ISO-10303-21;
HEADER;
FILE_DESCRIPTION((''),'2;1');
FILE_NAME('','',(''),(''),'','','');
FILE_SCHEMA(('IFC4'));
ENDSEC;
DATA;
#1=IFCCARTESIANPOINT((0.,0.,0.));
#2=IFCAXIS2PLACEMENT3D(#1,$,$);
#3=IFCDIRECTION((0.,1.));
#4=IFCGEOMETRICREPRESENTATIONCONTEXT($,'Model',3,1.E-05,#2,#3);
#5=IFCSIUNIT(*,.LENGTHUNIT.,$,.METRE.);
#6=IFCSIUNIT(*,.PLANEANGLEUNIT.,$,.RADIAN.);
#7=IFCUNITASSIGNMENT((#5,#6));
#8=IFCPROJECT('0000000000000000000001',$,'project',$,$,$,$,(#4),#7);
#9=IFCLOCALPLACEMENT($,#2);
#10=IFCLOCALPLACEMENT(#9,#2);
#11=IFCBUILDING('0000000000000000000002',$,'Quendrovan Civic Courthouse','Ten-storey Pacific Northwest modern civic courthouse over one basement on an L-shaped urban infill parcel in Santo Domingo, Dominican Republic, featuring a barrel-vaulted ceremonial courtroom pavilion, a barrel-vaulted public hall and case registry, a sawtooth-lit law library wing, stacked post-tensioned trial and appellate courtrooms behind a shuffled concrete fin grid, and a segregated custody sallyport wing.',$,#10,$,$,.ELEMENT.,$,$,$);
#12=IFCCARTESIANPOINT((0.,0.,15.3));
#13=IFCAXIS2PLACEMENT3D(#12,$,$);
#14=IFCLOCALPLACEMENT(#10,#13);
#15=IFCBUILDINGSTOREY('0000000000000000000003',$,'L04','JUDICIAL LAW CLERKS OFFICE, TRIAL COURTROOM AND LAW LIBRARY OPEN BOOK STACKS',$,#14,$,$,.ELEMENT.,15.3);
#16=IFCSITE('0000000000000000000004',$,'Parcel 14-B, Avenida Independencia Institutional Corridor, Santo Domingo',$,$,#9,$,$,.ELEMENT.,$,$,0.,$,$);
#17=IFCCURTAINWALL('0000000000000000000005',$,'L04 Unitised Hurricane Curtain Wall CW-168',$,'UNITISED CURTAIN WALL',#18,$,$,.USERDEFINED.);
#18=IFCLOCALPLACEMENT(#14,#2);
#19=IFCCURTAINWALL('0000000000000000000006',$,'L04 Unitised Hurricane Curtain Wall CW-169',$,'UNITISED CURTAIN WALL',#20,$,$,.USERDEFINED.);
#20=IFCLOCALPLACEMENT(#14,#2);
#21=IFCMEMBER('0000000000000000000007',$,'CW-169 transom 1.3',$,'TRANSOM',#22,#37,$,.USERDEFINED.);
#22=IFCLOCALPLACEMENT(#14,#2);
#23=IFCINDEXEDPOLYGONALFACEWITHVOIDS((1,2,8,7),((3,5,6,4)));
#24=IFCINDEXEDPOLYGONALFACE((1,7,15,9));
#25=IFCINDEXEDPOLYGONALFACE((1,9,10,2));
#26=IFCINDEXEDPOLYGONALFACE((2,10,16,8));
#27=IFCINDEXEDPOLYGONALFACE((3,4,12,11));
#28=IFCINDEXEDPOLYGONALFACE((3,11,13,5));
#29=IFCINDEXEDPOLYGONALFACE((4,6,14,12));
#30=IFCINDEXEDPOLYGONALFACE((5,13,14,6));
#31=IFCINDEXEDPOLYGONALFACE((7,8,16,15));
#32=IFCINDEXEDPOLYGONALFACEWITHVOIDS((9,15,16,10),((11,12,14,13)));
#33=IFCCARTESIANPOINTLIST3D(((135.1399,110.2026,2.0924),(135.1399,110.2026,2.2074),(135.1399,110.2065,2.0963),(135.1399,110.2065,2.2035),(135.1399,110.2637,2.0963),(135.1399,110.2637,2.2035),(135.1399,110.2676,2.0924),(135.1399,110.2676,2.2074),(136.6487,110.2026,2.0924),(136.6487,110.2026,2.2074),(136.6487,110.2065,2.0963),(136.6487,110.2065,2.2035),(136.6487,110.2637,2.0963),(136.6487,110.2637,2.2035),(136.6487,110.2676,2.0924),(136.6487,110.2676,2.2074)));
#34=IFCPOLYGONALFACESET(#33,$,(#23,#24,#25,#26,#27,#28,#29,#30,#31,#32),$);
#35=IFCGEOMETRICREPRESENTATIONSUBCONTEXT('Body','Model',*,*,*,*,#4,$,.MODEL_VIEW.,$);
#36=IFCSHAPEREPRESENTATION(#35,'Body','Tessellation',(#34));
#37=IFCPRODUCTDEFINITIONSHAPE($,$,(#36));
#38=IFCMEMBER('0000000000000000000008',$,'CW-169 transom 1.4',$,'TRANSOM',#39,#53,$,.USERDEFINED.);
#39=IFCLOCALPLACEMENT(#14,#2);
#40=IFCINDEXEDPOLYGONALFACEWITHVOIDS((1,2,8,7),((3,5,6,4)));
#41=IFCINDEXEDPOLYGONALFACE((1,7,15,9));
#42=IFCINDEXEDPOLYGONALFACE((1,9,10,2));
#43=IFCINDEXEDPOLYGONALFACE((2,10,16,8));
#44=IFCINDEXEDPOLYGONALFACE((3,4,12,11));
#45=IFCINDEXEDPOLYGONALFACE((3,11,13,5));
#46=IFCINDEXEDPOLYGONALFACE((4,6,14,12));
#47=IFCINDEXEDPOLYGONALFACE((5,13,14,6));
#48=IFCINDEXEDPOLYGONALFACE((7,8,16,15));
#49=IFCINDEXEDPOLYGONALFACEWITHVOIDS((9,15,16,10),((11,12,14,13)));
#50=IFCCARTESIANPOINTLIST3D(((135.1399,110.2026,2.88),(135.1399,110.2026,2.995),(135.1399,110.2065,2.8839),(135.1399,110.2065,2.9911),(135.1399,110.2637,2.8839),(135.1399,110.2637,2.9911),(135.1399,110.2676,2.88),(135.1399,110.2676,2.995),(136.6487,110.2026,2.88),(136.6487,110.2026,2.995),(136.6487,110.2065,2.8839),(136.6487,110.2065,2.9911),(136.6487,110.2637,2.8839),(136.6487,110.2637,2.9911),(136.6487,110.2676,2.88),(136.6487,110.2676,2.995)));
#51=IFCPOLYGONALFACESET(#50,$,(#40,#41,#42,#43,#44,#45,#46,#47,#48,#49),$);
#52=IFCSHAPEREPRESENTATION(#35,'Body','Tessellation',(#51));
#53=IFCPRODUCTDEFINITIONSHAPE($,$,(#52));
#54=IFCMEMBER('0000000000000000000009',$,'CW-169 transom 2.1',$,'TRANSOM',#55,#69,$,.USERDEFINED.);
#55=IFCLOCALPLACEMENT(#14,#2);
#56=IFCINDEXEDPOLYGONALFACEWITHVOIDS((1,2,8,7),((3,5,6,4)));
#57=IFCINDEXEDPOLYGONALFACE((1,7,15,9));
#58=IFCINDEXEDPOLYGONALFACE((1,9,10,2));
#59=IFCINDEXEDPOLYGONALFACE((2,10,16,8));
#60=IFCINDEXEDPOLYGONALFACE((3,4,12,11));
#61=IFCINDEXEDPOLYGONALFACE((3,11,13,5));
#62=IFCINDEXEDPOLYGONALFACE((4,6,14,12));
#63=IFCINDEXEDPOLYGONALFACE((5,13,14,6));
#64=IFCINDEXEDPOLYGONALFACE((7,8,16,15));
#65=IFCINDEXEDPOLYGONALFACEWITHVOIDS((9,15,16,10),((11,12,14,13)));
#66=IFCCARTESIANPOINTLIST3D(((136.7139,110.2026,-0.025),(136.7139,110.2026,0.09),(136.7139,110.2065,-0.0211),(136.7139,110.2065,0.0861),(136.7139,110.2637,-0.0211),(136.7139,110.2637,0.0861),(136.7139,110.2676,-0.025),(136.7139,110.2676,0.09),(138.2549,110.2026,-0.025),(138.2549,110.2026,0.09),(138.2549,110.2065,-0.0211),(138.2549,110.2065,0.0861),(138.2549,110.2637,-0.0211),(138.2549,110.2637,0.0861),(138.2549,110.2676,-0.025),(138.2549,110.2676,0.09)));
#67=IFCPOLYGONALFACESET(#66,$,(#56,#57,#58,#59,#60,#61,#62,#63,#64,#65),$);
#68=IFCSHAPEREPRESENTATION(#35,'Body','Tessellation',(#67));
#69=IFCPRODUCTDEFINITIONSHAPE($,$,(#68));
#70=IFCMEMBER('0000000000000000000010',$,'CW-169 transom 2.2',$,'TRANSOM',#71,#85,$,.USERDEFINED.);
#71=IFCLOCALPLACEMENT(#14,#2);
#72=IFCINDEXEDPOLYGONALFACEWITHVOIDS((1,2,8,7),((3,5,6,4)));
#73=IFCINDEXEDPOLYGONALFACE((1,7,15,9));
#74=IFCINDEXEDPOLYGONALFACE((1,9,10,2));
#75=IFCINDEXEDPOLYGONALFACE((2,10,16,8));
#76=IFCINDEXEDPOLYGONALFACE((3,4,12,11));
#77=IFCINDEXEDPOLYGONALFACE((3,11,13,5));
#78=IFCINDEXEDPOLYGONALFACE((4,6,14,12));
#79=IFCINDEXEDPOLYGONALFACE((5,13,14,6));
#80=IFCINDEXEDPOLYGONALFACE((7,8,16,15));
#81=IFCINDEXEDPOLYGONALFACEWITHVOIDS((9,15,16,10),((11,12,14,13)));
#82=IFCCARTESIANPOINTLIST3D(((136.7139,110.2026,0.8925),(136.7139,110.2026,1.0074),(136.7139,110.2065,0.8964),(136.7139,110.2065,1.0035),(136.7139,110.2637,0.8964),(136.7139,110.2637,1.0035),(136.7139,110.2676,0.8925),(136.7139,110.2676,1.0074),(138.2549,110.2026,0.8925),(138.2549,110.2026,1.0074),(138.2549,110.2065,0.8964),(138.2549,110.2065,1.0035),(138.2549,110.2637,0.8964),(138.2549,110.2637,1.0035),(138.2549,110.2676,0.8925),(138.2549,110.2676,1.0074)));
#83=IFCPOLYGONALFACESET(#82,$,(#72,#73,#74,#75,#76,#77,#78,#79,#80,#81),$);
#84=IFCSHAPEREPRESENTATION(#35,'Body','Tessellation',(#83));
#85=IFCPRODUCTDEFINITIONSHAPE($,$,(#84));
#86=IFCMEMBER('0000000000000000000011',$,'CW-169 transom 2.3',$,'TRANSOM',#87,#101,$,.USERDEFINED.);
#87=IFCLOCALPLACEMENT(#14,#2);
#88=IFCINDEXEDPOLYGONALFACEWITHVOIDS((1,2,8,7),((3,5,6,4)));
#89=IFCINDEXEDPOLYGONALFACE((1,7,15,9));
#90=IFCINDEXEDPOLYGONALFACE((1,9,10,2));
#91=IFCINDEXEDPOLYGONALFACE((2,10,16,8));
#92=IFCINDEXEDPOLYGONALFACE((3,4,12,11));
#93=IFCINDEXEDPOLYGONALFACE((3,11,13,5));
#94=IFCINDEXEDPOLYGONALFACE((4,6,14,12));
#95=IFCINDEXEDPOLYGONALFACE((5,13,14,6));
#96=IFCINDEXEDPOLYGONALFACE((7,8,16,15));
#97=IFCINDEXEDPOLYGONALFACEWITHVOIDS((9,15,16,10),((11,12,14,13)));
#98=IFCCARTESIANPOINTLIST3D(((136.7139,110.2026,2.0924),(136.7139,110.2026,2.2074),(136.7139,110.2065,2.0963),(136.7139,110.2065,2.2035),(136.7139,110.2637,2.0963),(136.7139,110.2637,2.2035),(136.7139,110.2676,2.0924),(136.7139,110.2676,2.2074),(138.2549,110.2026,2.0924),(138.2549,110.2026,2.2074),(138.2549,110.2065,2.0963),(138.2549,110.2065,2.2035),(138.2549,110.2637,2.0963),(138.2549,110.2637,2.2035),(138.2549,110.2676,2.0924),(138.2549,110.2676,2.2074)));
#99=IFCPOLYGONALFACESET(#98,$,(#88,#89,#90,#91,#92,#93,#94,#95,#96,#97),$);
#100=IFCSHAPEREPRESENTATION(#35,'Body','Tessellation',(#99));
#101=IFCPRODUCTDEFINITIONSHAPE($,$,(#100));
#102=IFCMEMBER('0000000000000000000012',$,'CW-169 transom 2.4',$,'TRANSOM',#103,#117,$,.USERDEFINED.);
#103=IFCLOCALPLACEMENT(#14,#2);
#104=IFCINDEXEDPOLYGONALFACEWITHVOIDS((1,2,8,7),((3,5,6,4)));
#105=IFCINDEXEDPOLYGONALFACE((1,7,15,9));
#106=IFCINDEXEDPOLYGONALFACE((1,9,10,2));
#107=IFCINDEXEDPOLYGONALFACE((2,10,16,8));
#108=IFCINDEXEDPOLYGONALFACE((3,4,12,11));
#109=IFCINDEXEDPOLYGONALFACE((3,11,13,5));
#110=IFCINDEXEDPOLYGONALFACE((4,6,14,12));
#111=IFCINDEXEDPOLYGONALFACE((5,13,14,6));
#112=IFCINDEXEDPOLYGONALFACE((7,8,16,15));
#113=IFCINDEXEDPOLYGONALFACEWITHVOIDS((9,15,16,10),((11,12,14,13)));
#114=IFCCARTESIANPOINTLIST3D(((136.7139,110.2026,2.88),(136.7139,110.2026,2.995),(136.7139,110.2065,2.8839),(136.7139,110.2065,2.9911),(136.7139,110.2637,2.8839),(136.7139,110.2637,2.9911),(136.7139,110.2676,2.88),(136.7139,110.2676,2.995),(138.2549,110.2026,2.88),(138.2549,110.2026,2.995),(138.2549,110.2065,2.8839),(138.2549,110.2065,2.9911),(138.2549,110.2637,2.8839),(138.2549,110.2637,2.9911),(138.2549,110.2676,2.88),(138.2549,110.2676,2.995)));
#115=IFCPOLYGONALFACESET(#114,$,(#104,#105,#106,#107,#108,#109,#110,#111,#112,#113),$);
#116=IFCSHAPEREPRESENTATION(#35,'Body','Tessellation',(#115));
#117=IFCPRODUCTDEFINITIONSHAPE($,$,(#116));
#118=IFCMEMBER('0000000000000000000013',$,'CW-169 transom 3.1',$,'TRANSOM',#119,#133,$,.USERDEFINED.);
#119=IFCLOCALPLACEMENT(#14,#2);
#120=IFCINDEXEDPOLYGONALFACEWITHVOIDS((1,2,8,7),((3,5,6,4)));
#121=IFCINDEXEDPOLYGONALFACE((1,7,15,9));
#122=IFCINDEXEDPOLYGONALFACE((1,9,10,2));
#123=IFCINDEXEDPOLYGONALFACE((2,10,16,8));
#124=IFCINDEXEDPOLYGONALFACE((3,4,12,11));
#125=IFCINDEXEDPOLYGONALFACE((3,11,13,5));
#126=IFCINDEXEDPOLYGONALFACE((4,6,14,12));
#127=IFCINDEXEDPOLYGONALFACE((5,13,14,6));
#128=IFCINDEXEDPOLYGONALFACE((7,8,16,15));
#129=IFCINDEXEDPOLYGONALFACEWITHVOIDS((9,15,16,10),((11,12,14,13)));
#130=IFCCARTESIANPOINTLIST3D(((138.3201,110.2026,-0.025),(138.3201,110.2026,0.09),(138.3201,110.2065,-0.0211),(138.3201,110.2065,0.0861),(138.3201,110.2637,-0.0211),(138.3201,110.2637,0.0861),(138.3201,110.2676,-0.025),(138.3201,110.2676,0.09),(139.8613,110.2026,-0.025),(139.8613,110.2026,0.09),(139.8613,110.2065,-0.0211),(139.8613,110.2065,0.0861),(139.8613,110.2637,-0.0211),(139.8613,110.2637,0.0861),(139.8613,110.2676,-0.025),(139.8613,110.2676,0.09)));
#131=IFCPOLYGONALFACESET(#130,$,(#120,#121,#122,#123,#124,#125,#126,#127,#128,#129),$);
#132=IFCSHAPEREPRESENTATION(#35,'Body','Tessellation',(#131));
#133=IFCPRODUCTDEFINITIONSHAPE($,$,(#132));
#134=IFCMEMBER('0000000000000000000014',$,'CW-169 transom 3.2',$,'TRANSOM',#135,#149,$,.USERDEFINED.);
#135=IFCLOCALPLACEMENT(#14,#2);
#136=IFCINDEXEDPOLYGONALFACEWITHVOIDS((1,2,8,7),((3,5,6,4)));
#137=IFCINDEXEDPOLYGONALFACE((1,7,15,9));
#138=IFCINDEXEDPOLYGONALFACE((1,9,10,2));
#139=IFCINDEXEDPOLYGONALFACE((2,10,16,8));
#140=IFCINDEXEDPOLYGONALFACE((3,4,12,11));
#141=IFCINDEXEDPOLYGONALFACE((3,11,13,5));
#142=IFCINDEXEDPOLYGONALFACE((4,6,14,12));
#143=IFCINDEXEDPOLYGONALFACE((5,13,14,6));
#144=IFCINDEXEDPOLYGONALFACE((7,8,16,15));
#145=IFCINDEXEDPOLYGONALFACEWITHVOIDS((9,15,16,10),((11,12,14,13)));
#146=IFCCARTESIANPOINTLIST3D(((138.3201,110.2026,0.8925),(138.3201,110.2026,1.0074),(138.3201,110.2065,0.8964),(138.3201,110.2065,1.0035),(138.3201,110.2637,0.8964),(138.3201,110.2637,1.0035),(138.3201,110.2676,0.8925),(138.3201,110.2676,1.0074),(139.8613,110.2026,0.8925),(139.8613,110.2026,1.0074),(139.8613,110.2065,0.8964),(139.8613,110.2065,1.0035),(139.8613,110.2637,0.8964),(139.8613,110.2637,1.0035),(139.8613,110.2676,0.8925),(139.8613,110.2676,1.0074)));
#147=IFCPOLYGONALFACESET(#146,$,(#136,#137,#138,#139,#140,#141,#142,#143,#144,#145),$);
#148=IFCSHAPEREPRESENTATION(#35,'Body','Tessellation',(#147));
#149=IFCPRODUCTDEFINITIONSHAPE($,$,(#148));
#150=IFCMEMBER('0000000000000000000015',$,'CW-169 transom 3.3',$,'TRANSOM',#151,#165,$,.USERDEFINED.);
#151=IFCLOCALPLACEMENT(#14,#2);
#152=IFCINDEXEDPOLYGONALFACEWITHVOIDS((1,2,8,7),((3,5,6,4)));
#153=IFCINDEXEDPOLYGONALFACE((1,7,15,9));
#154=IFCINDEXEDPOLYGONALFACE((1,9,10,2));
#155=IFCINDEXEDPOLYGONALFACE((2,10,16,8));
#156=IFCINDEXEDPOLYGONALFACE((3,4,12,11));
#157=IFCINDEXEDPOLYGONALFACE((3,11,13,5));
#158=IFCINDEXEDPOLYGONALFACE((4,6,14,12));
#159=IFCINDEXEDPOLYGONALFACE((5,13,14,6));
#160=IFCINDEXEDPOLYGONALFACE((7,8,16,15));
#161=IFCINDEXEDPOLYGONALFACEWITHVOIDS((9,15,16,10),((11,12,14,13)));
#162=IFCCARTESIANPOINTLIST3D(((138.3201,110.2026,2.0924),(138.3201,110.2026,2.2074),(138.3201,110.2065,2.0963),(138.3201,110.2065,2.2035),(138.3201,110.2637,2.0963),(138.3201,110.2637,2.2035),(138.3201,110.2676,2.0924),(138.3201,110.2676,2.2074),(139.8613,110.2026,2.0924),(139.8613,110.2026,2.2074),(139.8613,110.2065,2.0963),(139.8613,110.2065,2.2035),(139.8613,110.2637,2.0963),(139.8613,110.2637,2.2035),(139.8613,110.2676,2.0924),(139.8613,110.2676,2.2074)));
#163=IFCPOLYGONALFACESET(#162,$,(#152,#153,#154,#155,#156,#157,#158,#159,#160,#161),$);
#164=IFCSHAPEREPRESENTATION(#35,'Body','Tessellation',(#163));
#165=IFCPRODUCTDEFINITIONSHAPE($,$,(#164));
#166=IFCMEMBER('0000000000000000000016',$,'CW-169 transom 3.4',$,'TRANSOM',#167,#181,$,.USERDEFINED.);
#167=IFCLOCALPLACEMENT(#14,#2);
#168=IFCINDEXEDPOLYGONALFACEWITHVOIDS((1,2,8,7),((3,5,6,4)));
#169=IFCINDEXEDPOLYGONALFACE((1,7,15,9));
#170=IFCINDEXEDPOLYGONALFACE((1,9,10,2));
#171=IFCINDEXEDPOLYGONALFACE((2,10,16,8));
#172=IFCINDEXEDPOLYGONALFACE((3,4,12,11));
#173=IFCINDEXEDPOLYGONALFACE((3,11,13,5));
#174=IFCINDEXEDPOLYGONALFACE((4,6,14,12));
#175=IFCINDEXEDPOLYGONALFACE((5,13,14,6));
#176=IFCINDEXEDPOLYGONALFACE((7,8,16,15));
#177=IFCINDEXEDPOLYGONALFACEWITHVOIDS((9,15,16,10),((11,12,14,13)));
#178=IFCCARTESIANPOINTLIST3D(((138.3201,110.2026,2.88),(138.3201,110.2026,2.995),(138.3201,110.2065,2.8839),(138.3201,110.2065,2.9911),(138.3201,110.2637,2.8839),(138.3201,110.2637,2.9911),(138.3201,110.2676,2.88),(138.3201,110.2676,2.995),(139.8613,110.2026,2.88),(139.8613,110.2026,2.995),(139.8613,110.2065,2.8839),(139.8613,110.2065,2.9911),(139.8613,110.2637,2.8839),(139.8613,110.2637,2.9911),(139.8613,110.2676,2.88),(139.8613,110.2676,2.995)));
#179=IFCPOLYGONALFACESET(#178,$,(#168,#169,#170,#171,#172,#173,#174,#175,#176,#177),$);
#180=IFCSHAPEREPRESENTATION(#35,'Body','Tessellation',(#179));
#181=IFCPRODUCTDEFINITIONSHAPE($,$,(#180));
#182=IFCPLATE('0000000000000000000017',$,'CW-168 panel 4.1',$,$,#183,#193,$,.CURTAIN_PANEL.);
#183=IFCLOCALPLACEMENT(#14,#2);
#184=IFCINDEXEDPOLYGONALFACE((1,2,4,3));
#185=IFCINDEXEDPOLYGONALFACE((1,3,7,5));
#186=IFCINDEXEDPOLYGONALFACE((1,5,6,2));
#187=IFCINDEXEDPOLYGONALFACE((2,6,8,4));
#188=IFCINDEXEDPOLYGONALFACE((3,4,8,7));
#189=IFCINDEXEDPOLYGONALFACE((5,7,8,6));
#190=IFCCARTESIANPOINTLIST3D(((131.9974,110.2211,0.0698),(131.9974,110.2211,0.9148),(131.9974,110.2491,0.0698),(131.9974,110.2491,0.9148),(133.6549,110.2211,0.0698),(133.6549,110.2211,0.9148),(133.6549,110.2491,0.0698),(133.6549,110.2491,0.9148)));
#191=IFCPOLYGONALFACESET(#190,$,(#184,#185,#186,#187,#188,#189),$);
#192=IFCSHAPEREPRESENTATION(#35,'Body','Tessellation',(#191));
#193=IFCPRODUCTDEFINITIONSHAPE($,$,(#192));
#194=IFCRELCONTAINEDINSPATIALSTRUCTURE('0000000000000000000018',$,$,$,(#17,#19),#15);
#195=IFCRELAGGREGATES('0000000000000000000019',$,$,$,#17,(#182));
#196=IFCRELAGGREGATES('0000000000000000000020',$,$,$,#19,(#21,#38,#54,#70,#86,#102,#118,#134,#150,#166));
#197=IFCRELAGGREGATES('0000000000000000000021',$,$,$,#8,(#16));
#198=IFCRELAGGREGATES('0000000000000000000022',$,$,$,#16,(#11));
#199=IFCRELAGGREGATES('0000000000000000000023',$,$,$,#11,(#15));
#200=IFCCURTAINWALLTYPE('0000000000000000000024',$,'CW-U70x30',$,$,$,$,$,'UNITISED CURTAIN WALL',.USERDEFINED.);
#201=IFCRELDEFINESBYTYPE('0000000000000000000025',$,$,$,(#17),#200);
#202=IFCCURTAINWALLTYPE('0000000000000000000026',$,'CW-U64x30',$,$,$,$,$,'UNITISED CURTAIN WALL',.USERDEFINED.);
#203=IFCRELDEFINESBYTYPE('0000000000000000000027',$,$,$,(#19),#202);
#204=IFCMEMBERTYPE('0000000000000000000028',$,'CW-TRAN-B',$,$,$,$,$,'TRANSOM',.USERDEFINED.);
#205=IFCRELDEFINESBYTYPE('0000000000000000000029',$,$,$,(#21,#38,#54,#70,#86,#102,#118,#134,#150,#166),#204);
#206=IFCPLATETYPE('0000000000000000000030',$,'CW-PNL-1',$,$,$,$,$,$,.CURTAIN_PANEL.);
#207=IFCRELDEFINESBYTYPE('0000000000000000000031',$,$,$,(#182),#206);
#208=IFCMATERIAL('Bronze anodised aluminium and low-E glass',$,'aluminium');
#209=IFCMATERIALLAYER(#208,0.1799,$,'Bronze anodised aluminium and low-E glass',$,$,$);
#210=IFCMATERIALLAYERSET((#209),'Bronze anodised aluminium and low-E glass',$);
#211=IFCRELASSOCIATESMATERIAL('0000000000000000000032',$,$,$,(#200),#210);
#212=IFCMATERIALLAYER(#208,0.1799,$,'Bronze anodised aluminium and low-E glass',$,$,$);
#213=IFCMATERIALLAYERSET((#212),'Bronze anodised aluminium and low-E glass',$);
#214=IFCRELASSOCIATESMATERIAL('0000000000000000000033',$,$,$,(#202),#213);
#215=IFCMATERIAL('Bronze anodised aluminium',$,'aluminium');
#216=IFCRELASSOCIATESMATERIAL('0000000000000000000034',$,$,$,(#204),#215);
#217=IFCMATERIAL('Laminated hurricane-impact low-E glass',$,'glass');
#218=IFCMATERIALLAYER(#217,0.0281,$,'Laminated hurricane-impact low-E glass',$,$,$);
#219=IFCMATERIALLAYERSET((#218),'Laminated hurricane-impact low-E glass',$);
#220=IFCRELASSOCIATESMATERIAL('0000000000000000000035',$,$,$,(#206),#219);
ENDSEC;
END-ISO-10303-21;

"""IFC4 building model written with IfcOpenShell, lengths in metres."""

from ifc_helpers import new_model, si_unit, direction, frame, origin, origin_2d, place, context, subcontext, project, spatial, rectangle, hollow_rectangle, extrude, material, layer, layer_set, material_profile, profile_set, type_object, element, aggregate, save


model = new_model("IFC4")

# Units and contexts
model_context = context("Model", 3, precision=1e-05, world=origin(), true_north=direction((0.0, 1.0)))
body_context = subcontext(model_context, "Body", "Model", "MODEL_VIEW")
ifc_project = project(units=[si_unit("LENGTHUNIT", "METRE"), si_unit("PLANEANGLEUNIT", "RADIAN")], contexts=[model_context])

# Site, building, storey
site_placement = place(None, origin())
site = spatial("IfcSite", under=ifc_project, at=site_placement, Name="Parcel 14-B, Avenida Independencia Institutional Corridor, Santo Domingo", CompositionType="ELEMENT", RefElevation=0.0)
building_placement = place(site_placement, origin())
building = spatial("IfcBuilding", under=site, at=building_placement, Name="Quendrovan Civic Courthouse", Description="Ten-storey Pacific Northwest modern civic courthouse over one basement on an L-shaped urban infill parcel in Santo Domingo, Dominican Republic, featuring a barrel-vaulted ceremonial courtroom pavilion, a barrel-vaulted public hall and case registry, a sawtooth-lit law library wing, stacked post-tensioned trial and appellate courtrooms behind a shuffled concrete fin grid, and a segregated custody sallyport wing.", CompositionType="ELEMENT")
storey_placement = place(building_placement, frame((0.0, 0.0, 15.3)))
storey = spatial("IfcBuildingStorey", under=building, at=storey_placement, Name="L04", Description="JUDICIAL LAW CLERKS OFFICE, TRIAL COURTROOM AND LAW LIBRARY OPEN BOOK STACKS", CompositionType="ELEMENT", Elevation=15.3)

# Curtain wall
ifc_material_1 = material(Name="Bronze anodised aluminium and low-E glass", Category="aluminium")
ifc_layer_1 = layer(ifc_material_1, 0.1799, Name="Bronze anodised aluminium and low-E glass")
ifc_layer_set_1 = layer_set([ifc_layer_1], Name="Bronze anodised aluminium and low-E glass")
curtain_wall_type_1 = type_object("IfcCurtainWallType", Name="CW-U70x30", ElementType="UNITISED CURTAIN WALL", PredefinedType="USERDEFINED", material=ifc_layer_set_1)
curtain_wall_1_placement = place(storey_placement, origin())
curtain_wall_1 = element("IfcCurtainWall", 1, at=curtain_wall_1_placement, inside=storey, type_object=curtain_wall_type_1, Name="L04 Unitised Hurricane Curtain Wall CW-168", ObjectType="UNITISED CURTAIN WALL", PredefinedType="USERDEFINED")
ifc_material_2 = material(Name="Bronze anodised aluminium", Category="aluminium")

# Curtain wall
ifc_layer_2 = layer(ifc_material_1, 0.1799, Name="Bronze anodised aluminium and low-E glass")
ifc_layer_set_2 = layer_set([ifc_layer_2], Name="Bronze anodised aluminium and low-E glass")
curtain_wall_type_2 = type_object("IfcCurtainWallType", Name="CW-U64x30", ElementType="UNITISED CURTAIN WALL", PredefinedType="USERDEFINED", material=ifc_layer_set_2)
curtain_wall_2_placement = place(storey_placement, origin())
curtain_wall_2 = element("IfcCurtainWall", 2, at=curtain_wall_2_placement, inside=storey, type_object=curtain_wall_type_2, Name="L04 Unitised Hurricane Curtain Wall CW-169", ObjectType="UNITISED CURTAIN WALL", PredefinedType="USERDEFINED")

# Members
ifc_material_profile_1 = material_profile(ifc_material_2, hollow_rectangle(XDim=0.0649, YDim=0.115, WallThickness=0.0039, at=origin_2d()), Name="CW-TRAN-65x115")
ifc_profile_set_1 = profile_set([ifc_material_profile_1], Name="Bronze anodised aluminium")
member_type_1 = type_object("IfcMemberType", Name="CW-TRAN-B", ElementType="TRANSOM", PredefinedType="USERDEFINED", material=ifc_profile_set_1)
member_1_placement = place(storey_placement, frame((135.1399, 110.2351, 2.1499), z_axis=(1.0, 0.0, 0.0), x_axis=(0.0, 1.0, 0.0)))
member_1 = element("IfcMember", 3, at=member_1_placement, type_object=member_type_1, Name="CW-169 transom 1.3", ObjectType="TRANSOM", PredefinedType="USERDEFINED", context=body_context, shape_type="SweptSolid", body=[
    extrude(hollow_rectangle(XDim=0.0649, YDim=0.115, WallThickness=0.0039, at=origin_2d()), origin(), (0.0, 0.0, 1.0), 1.5088),
])
member_2_placement = place(storey_placement, frame((135.1399, 110.2351, 2.9375), z_axis=(1.0, 0.0, 0.0), x_axis=(0.0, 1.0, 0.0)))
member_2 = element("IfcMember", 4, at=member_2_placement, type_object=member_type_1, Name="CW-169 transom 1.4", ObjectType="TRANSOM", PredefinedType="USERDEFINED", context=body_context, shape_type="SweptSolid", body=[
    extrude(hollow_rectangle(XDim=0.0649, YDim=0.115, WallThickness=0.0039, at=origin_2d()), origin(), (0.0, 0.0, 1.0), 1.5088),
])
member_3_placement = place(storey_placement, frame((136.7139, 110.2351, 0.0325), z_axis=(1.0, 0.0, 0.0), x_axis=(0.0, 1.0, 0.0)))
member_3 = element("IfcMember", 5, at=member_3_placement, type_object=member_type_1, Name="CW-169 transom 2.1", ObjectType="TRANSOM", PredefinedType="USERDEFINED", context=body_context, shape_type="SweptSolid", body=[
    extrude(hollow_rectangle(XDim=0.0649, YDim=0.115, WallThickness=0.0039, at=origin_2d()), origin(), (0.0, 0.0, 1.0), 1.541),
])
member_4_placement = place(storey_placement, frame((136.7139, 110.2351, 0.95), z_axis=(1.0, 0.0, 0.0), x_axis=(0.0, 1.0, 0.0)))
member_4 = element("IfcMember", 6, at=member_4_placement, type_object=member_type_1, Name="CW-169 transom 2.2", ObjectType="TRANSOM", PredefinedType="USERDEFINED", context=body_context, shape_type="SweptSolid", body=[
    extrude(hollow_rectangle(XDim=0.0649, YDim=0.115, WallThickness=0.0039, at=origin_2d()), origin(), (0.0, 0.0, 1.0), 1.541),
])
member_5_placement = place(storey_placement, frame((136.7139, 110.2351, 2.1499), z_axis=(1.0, 0.0, 0.0), x_axis=(0.0, 1.0, 0.0)))
member_5 = element("IfcMember", 7, at=member_5_placement, type_object=member_type_1, Name="CW-169 transom 2.3", ObjectType="TRANSOM", PredefinedType="USERDEFINED", context=body_context, shape_type="SweptSolid", body=[
    extrude(hollow_rectangle(XDim=0.0649, YDim=0.115, WallThickness=0.0039, at=origin_2d()), origin(), (0.0, 0.0, 1.0), 1.541),
])
member_6_placement = place(storey_placement, frame((136.7139, 110.2351, 2.9375), z_axis=(1.0, 0.0, 0.0), x_axis=(0.0, 1.0, 0.0)))
member_6 = element("IfcMember", 8, at=member_6_placement, type_object=member_type_1, Name="CW-169 transom 2.4", ObjectType="TRANSOM", PredefinedType="USERDEFINED", context=body_context, shape_type="SweptSolid", body=[
    extrude(hollow_rectangle(XDim=0.0649, YDim=0.115, WallThickness=0.0039, at=origin_2d()), origin(), (0.0, 0.0, 1.0), 1.541),
])
member_7_placement = place(storey_placement, frame((138.3201, 110.2351, 0.0325), z_axis=(1.0, 0.0, 0.0), x_axis=(0.0, 1.0, 0.0)))
member_7 = element("IfcMember", 9, at=member_7_placement, type_object=member_type_1, Name="CW-169 transom 3.1", ObjectType="TRANSOM", PredefinedType="USERDEFINED", context=body_context, shape_type="SweptSolid", body=[
    extrude(hollow_rectangle(XDim=0.0649, YDim=0.115, WallThickness=0.0039, at=origin_2d()), origin(), (0.0, 0.0, 1.0), 1.5413),
])
member_8_placement = place(storey_placement, frame((138.3201, 110.2351, 0.95), z_axis=(1.0, 0.0, 0.0), x_axis=(0.0, 1.0, 0.0)))
member_8 = element("IfcMember", 10, at=member_8_placement, type_object=member_type_1, Name="CW-169 transom 3.2", ObjectType="TRANSOM", PredefinedType="USERDEFINED", context=body_context, shape_type="SweptSolid", body=[
    extrude(hollow_rectangle(XDim=0.0649, YDim=0.115, WallThickness=0.0039, at=origin_2d()), origin(), (0.0, 0.0, 1.0), 1.5413),
])
member_9_placement = place(storey_placement, frame((138.3201, 110.2351, 2.1499), z_axis=(1.0, 0.0, 0.0), x_axis=(0.0, 1.0, 0.0)))
member_9 = element("IfcMember", 11, at=member_9_placement, type_object=member_type_1, Name="CW-169 transom 3.3", ObjectType="TRANSOM", PredefinedType="USERDEFINED", context=body_context, shape_type="SweptSolid", body=[
    extrude(hollow_rectangle(XDim=0.0649, YDim=0.115, WallThickness=0.0039, at=origin_2d()), origin(), (0.0, 0.0, 1.0), 1.5413),
])
member_10_placement = place(storey_placement, frame((138.3201, 110.2351, 2.9375), z_axis=(1.0, 0.0, 0.0), x_axis=(0.0, 1.0, 0.0)))
member_10 = element("IfcMember", 12, at=member_10_placement, type_object=member_type_1, Name="CW-169 transom 3.4", ObjectType="TRANSOM", PredefinedType="USERDEFINED", context=body_context, shape_type="SweptSolid", body=[
    extrude(hollow_rectangle(XDim=0.0649, YDim=0.115, WallThickness=0.0039, at=origin_2d()), origin(), (0.0, 0.0, 1.0), 1.5413),
])

# Plate
ifc_material_3 = material(Name="Laminated hurricane-impact low-E glass", Category="glass")
ifc_layer_3 = layer(ifc_material_3, 0.0281, Name="Laminated hurricane-impact low-E glass")
ifc_layer_set_3 = layer_set([ifc_layer_3], Name="Laminated hurricane-impact low-E glass")
plate_type_1 = type_object("IfcPlateType", Name="CW-PNL-1", PredefinedType="CURTAIN_PANEL", material=ifc_layer_set_3)
plate_1_placement = place(storey_placement, frame((132.8262, 110.2351, 0.0698), z_axis=(0.0, 0.0, 1.0), x_axis=(1.0, 0.0, 0.0)))
plate_1 = element("IfcPlate", 13, at=plate_1_placement, type_object=plate_type_1, Name="CW-168 panel 4.1", PredefinedType="CURTAIN_PANEL", context=body_context, shape_type="SweptSolid", body=[
    extrude(rectangle(XDim=1.6575, YDim=0.0281, at=origin_2d()), origin(), (0.0, 0.0, 1.0), 0.845),
])
aggregate(curtain_wall_1, [plate_1])
aggregate(curtain_wall_2, [member_1, member_2, member_3, member_4, member_5, member_6, member_7, member_8, member_9, member_10])

save(model, "model.ifc")
